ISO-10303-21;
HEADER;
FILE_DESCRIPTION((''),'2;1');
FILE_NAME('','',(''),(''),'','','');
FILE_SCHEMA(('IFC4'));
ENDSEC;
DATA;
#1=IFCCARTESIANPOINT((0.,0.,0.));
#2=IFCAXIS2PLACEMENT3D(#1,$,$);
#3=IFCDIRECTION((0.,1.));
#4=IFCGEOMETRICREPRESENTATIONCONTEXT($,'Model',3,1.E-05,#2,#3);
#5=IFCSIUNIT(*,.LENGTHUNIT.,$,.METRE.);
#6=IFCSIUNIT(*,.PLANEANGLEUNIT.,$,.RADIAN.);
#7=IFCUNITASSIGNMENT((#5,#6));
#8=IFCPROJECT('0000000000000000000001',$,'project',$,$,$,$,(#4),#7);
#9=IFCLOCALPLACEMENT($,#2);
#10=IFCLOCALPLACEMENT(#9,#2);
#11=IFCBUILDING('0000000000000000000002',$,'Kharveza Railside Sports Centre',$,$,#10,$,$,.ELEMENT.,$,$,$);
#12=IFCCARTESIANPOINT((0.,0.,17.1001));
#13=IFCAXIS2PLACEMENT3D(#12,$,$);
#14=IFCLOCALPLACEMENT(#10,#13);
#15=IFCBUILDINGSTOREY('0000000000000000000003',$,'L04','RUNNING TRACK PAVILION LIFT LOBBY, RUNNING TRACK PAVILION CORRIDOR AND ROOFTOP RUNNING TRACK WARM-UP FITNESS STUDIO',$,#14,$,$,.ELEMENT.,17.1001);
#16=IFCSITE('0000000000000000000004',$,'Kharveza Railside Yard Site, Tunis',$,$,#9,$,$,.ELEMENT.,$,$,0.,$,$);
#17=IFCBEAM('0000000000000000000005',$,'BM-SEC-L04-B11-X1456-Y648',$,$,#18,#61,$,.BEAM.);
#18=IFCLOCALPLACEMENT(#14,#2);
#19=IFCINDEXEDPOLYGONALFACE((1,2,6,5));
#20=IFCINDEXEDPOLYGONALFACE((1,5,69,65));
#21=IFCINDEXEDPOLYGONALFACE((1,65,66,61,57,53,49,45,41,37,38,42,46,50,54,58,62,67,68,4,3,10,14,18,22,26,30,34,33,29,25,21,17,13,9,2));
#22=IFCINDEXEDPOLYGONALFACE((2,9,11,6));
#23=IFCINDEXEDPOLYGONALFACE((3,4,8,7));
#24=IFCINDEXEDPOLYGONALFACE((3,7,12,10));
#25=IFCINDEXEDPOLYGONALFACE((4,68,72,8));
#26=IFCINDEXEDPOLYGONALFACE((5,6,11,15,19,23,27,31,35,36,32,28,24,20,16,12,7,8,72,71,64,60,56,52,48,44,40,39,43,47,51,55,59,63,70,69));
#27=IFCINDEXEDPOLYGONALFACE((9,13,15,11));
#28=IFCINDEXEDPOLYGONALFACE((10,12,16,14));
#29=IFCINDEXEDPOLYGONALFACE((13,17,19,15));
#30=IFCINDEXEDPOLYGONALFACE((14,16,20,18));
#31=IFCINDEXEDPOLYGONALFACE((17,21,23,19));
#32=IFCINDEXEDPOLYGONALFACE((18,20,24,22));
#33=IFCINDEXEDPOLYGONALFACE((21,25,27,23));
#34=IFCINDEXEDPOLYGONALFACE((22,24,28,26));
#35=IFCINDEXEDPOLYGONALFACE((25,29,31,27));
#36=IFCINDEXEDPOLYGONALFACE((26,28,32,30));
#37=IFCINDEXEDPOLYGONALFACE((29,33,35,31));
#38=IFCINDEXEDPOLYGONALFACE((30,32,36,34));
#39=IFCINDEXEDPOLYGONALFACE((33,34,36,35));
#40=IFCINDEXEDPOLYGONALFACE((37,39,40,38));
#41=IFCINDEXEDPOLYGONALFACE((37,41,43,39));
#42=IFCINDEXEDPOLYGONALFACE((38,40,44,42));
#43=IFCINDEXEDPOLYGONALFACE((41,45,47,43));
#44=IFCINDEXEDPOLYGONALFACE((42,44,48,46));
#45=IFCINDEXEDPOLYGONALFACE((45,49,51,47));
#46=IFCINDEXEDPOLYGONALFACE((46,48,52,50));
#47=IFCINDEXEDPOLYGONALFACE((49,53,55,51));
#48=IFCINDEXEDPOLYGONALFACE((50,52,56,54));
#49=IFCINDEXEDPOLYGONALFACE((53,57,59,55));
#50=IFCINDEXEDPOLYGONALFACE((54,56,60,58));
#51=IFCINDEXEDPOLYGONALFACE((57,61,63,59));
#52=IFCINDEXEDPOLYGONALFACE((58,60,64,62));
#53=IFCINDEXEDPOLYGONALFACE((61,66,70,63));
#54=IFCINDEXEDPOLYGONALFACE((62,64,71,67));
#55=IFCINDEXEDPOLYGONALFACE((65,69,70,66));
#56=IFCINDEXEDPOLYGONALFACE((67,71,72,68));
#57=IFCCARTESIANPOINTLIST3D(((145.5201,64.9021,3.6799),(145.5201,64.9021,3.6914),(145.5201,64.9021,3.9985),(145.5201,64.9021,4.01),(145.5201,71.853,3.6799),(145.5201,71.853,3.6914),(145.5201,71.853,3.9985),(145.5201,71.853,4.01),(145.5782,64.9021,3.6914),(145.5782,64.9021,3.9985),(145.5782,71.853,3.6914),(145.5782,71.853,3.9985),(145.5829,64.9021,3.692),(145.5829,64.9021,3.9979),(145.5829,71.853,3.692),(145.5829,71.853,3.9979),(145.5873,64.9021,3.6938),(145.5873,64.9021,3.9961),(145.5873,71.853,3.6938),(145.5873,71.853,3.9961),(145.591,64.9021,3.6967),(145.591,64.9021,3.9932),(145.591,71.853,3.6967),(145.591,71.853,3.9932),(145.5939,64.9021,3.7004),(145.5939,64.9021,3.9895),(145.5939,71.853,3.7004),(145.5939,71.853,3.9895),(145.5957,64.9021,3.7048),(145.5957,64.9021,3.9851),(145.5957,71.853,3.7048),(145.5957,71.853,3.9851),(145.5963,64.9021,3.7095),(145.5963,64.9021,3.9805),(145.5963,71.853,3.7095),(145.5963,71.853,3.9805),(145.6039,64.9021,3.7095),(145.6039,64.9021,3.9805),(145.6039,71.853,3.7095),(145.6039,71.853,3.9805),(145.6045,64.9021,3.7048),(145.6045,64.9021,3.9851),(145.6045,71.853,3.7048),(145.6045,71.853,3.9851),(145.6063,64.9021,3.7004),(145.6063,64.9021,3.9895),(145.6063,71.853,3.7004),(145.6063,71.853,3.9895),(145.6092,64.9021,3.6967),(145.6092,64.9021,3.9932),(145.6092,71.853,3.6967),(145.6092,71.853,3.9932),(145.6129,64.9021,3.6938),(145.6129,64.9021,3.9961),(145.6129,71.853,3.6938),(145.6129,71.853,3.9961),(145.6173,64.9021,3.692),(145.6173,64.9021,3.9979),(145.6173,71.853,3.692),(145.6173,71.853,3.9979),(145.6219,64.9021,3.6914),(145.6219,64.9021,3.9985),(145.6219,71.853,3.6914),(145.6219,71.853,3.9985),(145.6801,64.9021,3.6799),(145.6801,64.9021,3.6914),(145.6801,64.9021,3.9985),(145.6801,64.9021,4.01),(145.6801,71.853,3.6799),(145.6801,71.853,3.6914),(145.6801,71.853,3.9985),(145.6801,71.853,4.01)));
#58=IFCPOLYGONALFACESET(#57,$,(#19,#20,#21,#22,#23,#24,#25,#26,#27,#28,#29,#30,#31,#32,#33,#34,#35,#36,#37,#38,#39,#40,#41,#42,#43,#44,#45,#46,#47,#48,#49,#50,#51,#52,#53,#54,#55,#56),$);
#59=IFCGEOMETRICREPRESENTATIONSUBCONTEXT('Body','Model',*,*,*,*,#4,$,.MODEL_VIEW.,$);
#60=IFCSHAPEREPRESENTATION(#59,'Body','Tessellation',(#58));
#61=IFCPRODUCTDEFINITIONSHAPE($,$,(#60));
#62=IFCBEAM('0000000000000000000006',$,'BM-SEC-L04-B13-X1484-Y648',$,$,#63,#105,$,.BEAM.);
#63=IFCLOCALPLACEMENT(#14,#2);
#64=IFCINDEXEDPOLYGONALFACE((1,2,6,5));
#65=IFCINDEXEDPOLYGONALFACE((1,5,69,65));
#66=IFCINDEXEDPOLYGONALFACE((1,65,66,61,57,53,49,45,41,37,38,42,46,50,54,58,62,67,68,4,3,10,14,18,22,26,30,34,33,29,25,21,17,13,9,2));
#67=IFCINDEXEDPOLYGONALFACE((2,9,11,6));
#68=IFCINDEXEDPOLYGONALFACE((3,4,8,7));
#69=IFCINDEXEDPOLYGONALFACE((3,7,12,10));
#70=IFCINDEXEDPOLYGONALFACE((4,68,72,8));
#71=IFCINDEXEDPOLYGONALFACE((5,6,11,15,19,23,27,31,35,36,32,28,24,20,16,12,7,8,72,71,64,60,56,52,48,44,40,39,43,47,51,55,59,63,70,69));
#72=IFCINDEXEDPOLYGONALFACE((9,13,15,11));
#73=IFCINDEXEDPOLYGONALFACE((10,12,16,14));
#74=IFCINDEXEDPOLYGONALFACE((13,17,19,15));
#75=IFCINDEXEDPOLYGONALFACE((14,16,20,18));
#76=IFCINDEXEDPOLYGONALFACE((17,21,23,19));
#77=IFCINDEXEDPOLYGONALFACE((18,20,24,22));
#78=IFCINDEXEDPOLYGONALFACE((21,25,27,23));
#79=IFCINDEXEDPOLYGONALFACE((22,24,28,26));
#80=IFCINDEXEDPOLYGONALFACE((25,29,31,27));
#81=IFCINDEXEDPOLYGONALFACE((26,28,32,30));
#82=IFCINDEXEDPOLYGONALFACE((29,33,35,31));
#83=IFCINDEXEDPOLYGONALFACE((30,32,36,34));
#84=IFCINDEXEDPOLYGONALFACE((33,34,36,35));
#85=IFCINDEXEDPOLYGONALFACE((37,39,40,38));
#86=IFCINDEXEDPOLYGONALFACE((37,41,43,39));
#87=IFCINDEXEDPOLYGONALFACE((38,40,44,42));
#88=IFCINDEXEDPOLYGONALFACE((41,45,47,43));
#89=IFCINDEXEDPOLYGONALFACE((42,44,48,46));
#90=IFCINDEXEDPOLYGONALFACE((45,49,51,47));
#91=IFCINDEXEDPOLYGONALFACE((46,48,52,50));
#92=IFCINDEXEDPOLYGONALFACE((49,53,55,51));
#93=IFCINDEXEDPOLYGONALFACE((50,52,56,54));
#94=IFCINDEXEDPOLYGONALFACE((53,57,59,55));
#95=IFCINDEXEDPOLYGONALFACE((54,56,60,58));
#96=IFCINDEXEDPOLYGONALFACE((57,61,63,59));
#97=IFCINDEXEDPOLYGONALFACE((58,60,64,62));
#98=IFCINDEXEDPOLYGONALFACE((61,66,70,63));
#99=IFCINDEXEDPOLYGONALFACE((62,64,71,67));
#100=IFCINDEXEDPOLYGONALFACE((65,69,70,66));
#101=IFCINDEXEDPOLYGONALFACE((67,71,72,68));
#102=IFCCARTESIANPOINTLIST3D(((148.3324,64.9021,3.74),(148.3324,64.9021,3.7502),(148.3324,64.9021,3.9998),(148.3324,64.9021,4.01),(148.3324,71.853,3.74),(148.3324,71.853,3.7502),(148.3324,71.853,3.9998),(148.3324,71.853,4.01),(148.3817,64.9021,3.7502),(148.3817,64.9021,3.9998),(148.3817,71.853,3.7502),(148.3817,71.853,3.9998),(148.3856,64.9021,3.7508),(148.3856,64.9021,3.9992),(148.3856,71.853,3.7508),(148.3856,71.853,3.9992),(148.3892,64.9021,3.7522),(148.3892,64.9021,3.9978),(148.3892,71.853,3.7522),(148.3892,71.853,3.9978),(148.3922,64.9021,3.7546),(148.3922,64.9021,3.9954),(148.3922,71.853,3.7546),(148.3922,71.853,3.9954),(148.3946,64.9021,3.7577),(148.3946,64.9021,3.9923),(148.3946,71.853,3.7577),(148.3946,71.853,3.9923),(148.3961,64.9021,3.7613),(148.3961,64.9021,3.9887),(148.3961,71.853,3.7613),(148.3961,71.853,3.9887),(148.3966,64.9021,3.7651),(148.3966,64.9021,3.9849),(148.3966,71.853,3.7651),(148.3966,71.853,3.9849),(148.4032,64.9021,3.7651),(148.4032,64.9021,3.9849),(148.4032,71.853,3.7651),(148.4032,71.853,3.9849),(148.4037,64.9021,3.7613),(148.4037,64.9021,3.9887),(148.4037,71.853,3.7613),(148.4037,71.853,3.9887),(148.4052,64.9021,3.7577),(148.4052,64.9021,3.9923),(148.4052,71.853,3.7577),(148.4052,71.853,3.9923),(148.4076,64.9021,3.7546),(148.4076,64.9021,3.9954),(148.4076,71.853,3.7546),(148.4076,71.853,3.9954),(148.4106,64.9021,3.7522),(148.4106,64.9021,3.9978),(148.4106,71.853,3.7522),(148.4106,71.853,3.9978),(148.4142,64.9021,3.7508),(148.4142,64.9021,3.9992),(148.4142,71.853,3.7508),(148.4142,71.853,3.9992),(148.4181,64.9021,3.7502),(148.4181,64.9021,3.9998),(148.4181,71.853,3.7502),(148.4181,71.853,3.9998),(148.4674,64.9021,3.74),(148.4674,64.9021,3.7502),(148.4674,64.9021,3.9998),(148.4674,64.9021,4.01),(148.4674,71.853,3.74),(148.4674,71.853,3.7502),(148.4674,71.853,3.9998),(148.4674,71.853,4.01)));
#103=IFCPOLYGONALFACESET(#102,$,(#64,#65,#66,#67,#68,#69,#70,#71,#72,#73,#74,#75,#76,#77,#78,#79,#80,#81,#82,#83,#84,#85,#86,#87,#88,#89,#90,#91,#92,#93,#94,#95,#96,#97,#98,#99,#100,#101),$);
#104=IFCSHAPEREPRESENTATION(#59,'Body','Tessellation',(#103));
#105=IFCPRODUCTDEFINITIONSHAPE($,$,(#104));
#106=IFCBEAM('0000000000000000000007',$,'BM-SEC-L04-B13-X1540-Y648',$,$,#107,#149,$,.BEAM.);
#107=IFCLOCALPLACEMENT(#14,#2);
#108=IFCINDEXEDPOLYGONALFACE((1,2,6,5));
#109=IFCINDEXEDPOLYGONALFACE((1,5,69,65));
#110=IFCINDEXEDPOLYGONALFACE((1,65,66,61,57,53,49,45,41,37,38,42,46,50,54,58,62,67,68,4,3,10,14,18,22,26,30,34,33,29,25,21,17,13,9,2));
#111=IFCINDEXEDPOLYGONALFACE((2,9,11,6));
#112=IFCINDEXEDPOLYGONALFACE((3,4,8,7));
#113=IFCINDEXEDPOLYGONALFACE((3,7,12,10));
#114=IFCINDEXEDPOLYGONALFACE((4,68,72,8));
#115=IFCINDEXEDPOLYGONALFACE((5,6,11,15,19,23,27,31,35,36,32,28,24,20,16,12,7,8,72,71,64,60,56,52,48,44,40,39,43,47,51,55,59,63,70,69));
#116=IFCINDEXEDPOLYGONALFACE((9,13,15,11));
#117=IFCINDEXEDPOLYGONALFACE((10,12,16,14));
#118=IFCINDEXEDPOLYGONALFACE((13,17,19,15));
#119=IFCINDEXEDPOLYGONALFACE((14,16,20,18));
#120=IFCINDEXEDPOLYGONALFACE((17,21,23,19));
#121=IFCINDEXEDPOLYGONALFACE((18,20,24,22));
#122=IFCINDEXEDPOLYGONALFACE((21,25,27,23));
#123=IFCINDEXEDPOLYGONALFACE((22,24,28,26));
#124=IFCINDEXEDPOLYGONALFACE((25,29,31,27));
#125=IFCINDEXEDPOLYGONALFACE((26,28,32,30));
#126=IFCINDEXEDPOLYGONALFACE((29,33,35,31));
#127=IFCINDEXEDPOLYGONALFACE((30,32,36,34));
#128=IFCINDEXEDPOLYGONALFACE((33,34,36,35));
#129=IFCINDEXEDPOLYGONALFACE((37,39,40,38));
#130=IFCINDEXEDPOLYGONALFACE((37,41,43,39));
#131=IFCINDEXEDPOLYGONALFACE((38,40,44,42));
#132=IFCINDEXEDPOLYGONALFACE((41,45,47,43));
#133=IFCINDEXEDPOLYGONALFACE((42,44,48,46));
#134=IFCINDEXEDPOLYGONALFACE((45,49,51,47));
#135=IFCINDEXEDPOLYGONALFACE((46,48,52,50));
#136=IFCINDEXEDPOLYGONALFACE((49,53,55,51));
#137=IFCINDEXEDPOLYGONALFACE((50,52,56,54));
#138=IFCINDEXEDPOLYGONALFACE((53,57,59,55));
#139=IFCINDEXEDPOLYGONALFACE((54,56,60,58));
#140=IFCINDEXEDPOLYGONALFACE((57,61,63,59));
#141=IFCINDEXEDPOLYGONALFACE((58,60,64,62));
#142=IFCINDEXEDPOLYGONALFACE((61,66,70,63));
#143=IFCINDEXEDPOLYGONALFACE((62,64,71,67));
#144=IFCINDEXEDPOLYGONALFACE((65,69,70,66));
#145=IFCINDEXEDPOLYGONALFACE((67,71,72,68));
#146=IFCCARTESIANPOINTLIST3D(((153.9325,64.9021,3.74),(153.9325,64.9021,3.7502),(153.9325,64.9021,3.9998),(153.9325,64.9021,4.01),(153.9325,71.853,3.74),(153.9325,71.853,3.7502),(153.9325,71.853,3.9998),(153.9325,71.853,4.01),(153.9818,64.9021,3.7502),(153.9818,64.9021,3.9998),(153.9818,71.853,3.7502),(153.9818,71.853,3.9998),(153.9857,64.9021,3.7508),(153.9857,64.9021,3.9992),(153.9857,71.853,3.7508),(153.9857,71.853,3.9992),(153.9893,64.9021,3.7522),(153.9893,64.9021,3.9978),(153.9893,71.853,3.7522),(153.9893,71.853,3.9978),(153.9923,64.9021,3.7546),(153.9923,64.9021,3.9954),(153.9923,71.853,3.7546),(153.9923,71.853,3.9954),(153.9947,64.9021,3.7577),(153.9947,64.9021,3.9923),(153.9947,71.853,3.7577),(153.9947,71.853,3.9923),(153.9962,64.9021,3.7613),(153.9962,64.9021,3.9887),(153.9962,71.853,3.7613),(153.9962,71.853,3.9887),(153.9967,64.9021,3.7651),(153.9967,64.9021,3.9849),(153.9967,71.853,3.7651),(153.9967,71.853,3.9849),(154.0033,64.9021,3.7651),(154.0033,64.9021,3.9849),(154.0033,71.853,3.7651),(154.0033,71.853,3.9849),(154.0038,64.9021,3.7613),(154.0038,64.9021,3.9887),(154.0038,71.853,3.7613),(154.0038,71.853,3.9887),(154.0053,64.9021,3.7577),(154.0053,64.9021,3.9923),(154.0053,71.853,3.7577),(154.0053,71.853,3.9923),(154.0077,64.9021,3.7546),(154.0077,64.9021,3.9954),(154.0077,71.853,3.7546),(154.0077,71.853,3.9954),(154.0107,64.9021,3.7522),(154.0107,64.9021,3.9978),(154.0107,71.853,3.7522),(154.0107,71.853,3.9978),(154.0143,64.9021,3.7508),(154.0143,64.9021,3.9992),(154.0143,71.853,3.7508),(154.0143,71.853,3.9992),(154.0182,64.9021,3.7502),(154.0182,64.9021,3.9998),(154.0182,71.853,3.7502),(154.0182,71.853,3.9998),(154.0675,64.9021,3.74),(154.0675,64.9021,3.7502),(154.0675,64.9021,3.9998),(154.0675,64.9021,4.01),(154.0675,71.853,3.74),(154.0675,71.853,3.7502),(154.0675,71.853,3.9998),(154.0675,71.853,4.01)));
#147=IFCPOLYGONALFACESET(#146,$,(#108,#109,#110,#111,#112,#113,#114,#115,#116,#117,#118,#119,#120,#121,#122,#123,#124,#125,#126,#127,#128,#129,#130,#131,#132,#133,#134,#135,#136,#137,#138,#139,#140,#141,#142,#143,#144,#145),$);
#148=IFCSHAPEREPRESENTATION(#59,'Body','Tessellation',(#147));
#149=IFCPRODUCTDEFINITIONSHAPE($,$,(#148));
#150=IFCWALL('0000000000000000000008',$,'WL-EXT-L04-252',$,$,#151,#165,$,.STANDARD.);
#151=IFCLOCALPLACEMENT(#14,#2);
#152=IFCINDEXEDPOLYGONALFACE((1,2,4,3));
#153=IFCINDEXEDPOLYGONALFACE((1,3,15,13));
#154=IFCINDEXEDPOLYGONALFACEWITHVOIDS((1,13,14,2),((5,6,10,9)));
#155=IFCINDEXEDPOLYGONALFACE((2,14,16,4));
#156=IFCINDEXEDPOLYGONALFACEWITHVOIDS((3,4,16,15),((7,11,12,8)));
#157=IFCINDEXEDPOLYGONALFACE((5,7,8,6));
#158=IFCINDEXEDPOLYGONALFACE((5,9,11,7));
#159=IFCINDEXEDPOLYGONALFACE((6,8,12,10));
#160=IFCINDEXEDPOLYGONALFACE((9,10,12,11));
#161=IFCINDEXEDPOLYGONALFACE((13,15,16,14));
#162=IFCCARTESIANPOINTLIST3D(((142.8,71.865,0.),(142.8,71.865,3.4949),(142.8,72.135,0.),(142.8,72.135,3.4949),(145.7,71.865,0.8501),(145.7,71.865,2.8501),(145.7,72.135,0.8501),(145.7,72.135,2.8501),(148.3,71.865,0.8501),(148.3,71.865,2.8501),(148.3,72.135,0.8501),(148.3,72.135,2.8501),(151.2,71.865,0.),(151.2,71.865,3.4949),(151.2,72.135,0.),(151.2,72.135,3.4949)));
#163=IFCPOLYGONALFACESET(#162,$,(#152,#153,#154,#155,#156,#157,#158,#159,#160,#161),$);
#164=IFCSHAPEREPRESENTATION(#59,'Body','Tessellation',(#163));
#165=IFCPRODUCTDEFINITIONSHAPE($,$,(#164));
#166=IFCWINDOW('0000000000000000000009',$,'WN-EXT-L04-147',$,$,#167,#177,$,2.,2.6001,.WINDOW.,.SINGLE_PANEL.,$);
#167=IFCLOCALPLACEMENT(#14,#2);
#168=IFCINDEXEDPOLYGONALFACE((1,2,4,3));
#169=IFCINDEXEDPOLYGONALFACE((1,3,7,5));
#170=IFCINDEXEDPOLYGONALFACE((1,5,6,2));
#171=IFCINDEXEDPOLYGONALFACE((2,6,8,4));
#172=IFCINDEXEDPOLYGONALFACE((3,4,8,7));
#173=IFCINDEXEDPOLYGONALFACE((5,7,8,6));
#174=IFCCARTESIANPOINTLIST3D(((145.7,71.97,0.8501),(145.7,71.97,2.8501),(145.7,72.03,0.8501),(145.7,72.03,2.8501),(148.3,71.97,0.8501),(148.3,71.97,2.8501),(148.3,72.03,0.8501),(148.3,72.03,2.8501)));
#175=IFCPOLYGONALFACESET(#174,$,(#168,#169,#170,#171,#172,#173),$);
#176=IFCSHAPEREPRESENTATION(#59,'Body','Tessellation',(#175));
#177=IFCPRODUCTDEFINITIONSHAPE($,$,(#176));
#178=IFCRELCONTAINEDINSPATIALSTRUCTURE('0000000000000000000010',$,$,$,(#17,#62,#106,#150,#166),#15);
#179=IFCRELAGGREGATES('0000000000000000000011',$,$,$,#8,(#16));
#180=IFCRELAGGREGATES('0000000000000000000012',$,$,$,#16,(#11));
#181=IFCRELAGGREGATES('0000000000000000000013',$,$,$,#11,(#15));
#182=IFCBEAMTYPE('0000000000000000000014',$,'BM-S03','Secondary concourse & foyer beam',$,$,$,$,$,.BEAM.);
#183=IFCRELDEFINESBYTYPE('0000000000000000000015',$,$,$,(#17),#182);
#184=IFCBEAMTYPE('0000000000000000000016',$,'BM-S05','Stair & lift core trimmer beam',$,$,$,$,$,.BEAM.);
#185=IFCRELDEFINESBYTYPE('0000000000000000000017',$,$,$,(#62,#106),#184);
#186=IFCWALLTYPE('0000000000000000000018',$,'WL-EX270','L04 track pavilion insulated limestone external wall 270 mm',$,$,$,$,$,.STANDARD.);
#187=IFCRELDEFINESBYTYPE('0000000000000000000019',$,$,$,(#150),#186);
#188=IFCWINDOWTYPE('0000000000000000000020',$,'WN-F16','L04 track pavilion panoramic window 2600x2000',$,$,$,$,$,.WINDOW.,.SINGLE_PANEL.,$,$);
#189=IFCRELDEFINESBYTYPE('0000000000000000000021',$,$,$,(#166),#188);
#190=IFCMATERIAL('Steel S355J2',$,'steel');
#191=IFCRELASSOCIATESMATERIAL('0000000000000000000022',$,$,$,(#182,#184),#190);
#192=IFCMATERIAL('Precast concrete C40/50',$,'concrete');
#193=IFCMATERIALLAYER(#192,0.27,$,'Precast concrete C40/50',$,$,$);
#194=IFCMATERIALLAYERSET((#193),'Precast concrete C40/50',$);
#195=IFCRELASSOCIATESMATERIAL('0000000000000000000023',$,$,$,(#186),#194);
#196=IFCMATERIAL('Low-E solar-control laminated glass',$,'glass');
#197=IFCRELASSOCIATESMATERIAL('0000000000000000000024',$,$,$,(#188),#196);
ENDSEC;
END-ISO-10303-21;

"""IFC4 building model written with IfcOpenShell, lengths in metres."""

from ifc_helpers import new_model, si_unit, direction, frame, frame_2d, origin, origin_2d, place, context, subcontext, project, spatial, rectangle, i_section, extrude, material, layer, layer_set, material_profile, profile_set, type_object, element, fill, save


model = new_model("IFC4")

# Units and contexts
model_context = context("Model", 3, precision=1e-05, world=origin(), true_north=direction((0.0, 1.0)))
body_context = subcontext(model_context, "Body", "Model", "MODEL_VIEW")
ifc_project = project(units=[si_unit("LENGTHUNIT", "METRE"), si_unit("PLANEANGLEUNIT", "RADIAN")], contexts=[model_context])

# Site, building, storey
site_placement = place(None, origin())
site = spatial("IfcSite", under=ifc_project, at=site_placement, Name="Kharveza Railside Yard Site, Tunis", CompositionType="ELEMENT", RefElevation=0.0)
building_placement = place(site_placement, origin())
building = spatial("IfcBuilding", under=site, at=building_placement, Name="Kharveza Railside Sports Centre", CompositionType="ELEMENT")
storey_placement = place(building_placement, frame((0.0, 0.0, 17.1001)))
storey = spatial("IfcBuildingStorey", under=building, at=storey_placement, Name="L04", Description="RUNNING TRACK PAVILION LIFT LOBBY, RUNNING TRACK PAVILION CORRIDOR AND ROOFTOP RUNNING TRACK WARM-UP FITNESS STUDIO", CompositionType="ELEMENT", Elevation=17.1001)

# Shared definitions
ifc_material_1 = material(Name="Steel S355J2", Category="steel")

# Beams
ifc_material_profile_1 = material_profile(ifc_material_1, i_section(OverallWidth=0.1599, OverallDepth=0.3301, WebThickness=0.0076, FlangeThickness=0.0115, FilletRadius=0.0181, at=origin_2d()), Name="IPE 330")
ifc_profile_set_1 = profile_set([ifc_material_profile_1], Name="Steel S355J2")
beam_type_1 = type_object("IfcBeamType", Name="BM-S03", Description="Secondary concourse & foyer beam", PredefinedType="BEAM", material=ifc_profile_set_1)
beam_1_placement = place(storey_placement, frame((145.6001, 64.9021, 3.845), z_axis=(0.0, 1.0, 0.0), x_axis=(-1.0, 0.0, 0.0)))
element("IfcBeam", 1, at=beam_1_placement, inside=storey, type_object=beam_type_1, Name="BM-SEC-L04-B11-X1456-Y648", PredefinedType="BEAM", context=body_context, shape_type="SweptSolid", body=[
    extrude(i_section(OverallWidth=0.1599, OverallDepth=0.3301, WebThickness=0.0076, FlangeThickness=0.0115, FilletRadius=0.0181, at=origin_2d()), origin(), (0.0, 0.0, 1.0), 6.9509),
])
ifc_material_profile_2 = material_profile(ifc_material_1, i_section(OverallWidth=0.135, OverallDepth=0.27, WebThickness=0.0066, FlangeThickness=0.0103, FilletRadius=0.0149, at=origin_2d()), Name="IPE 270")
ifc_profile_set_2 = profile_set([ifc_material_profile_2], Name="Steel S355J2")
beam_type_2 = type_object("IfcBeamType", Name="BM-S05", Description="Stair & lift core trimmer beam", PredefinedType="BEAM", material=ifc_profile_set_2)
for number, where, z_axis, x_axis, name in (
    (2, (148.3999, 64.9021, 3.875), (0.0, 1.0, 0.0), (-1.0, 0.0, 0.0), "BM-SEC-L04-B13-X1484-Y648"),
    (3, (154.0, 64.9021, 3.875), (0.0, 1.0, 0.0), (-1.0, 0.0, 0.0), "BM-SEC-L04-B13-X1540-Y648"),
):
    element("IfcBeam", number, at=place(storey_placement, frame(where, z_axis=z_axis, x_axis=x_axis)), inside=storey, type_object=beam_type_2, Name=name, PredefinedType="BEAM", context=body_context, shape_type="SweptSolid", body=[
        extrude(i_section(OverallWidth=0.135, OverallDepth=0.27, WebThickness=0.0066, FlangeThickness=0.0103, FilletRadius=0.0149, at=origin_2d()), origin(), (0.0, 0.0, 1.0), 6.9509),
    ])

# Wall, opening, window
ifc_material_2 = material(Name="Precast concrete C40/50", Category="concrete")
ifc_layer_1 = layer(ifc_material_2, 0.27, Name="Precast concrete C40/50")
ifc_layer_set_1 = layer_set([ifc_layer_1], Name="Precast concrete C40/50")
wall_type_1 = type_object("IfcWallType", Name="WL-EX270", Description="L04 track pavilion insulated limestone external wall 270 mm", PredefinedType="STANDARD", material=ifc_layer_set_1)
wall_1_placement = place(storey_placement, frame((151.2, 72.0, 0.0), z_axis=(0.0, 0.0, 1.0), x_axis=(-1.0, 0.0, 0.0)))
wall_1 = element("IfcWall", 4, at=wall_1_placement, inside=storey, type_object=wall_type_1, Name="WL-EXT-L04-252", PredefinedType="STANDARD", context=body_context, shape_type="SweptSolid", body=[
    extrude(rectangle(XDim=8.3999, YDim=0.27, at=frame_2d((4.2, 0.0))), origin(), (0.0, 0.0, 1.0), 3.4949),
])
opening_1_placement = place(wall_1_placement, frame((2.8999, 0.0, 0.8501)))
opening_1 = element("IfcOpeningElement", 5, at=opening_1_placement, cuts=wall_1, PredefinedType="OPENING", context=body_context, shape_type="SweptSolid", body=[
    extrude(rectangle(XDim=2.6001, YDim=2.0, at=frame_2d((1.3, 1.0))), frame((0.0, 0.1599, 0.0), z_axis=(0.0, -1.0, 0.0), x_axis=(1.0, 0.0, 0.0)), (0.0, 0.0, 1.0), 0.3198),
])
ifc_material_3 = material(Name="Low-E solar-control laminated glass", Category="glass")
window_type_1 = type_object("IfcWindowType", Name="WN-F16", Description="L04 track pavilion panoramic window 2600x2000", PartitioningType="SINGLE_PANEL", PredefinedType="WINDOW", material=ifc_material_3)
window_1_placement = place(opening_1_placement, origin())
window_1 = element("IfcWindow", 6, at=window_1_placement, inside=storey, type_object=window_type_1, Name="WN-EXT-L04-147", OverallHeight=2.0, OverallWidth=2.6001, PartitioningType="SINGLE_PANEL", PredefinedType="WINDOW", context=body_context, shape_type="SweptSolid", body=[
    extrude(rectangle(XDim=2.6001, YDim=2.0, at=frame_2d((1.3, 1.0))), frame((0.0, 0.03, 0.0), z_axis=(0.0, -1.0, 0.0), x_axis=(1.0, 0.0, 0.0)), (0.0, 0.0, 1.0), 0.0601),
])
fill(opening_1, window_1)

save(model, "model.ifc")
